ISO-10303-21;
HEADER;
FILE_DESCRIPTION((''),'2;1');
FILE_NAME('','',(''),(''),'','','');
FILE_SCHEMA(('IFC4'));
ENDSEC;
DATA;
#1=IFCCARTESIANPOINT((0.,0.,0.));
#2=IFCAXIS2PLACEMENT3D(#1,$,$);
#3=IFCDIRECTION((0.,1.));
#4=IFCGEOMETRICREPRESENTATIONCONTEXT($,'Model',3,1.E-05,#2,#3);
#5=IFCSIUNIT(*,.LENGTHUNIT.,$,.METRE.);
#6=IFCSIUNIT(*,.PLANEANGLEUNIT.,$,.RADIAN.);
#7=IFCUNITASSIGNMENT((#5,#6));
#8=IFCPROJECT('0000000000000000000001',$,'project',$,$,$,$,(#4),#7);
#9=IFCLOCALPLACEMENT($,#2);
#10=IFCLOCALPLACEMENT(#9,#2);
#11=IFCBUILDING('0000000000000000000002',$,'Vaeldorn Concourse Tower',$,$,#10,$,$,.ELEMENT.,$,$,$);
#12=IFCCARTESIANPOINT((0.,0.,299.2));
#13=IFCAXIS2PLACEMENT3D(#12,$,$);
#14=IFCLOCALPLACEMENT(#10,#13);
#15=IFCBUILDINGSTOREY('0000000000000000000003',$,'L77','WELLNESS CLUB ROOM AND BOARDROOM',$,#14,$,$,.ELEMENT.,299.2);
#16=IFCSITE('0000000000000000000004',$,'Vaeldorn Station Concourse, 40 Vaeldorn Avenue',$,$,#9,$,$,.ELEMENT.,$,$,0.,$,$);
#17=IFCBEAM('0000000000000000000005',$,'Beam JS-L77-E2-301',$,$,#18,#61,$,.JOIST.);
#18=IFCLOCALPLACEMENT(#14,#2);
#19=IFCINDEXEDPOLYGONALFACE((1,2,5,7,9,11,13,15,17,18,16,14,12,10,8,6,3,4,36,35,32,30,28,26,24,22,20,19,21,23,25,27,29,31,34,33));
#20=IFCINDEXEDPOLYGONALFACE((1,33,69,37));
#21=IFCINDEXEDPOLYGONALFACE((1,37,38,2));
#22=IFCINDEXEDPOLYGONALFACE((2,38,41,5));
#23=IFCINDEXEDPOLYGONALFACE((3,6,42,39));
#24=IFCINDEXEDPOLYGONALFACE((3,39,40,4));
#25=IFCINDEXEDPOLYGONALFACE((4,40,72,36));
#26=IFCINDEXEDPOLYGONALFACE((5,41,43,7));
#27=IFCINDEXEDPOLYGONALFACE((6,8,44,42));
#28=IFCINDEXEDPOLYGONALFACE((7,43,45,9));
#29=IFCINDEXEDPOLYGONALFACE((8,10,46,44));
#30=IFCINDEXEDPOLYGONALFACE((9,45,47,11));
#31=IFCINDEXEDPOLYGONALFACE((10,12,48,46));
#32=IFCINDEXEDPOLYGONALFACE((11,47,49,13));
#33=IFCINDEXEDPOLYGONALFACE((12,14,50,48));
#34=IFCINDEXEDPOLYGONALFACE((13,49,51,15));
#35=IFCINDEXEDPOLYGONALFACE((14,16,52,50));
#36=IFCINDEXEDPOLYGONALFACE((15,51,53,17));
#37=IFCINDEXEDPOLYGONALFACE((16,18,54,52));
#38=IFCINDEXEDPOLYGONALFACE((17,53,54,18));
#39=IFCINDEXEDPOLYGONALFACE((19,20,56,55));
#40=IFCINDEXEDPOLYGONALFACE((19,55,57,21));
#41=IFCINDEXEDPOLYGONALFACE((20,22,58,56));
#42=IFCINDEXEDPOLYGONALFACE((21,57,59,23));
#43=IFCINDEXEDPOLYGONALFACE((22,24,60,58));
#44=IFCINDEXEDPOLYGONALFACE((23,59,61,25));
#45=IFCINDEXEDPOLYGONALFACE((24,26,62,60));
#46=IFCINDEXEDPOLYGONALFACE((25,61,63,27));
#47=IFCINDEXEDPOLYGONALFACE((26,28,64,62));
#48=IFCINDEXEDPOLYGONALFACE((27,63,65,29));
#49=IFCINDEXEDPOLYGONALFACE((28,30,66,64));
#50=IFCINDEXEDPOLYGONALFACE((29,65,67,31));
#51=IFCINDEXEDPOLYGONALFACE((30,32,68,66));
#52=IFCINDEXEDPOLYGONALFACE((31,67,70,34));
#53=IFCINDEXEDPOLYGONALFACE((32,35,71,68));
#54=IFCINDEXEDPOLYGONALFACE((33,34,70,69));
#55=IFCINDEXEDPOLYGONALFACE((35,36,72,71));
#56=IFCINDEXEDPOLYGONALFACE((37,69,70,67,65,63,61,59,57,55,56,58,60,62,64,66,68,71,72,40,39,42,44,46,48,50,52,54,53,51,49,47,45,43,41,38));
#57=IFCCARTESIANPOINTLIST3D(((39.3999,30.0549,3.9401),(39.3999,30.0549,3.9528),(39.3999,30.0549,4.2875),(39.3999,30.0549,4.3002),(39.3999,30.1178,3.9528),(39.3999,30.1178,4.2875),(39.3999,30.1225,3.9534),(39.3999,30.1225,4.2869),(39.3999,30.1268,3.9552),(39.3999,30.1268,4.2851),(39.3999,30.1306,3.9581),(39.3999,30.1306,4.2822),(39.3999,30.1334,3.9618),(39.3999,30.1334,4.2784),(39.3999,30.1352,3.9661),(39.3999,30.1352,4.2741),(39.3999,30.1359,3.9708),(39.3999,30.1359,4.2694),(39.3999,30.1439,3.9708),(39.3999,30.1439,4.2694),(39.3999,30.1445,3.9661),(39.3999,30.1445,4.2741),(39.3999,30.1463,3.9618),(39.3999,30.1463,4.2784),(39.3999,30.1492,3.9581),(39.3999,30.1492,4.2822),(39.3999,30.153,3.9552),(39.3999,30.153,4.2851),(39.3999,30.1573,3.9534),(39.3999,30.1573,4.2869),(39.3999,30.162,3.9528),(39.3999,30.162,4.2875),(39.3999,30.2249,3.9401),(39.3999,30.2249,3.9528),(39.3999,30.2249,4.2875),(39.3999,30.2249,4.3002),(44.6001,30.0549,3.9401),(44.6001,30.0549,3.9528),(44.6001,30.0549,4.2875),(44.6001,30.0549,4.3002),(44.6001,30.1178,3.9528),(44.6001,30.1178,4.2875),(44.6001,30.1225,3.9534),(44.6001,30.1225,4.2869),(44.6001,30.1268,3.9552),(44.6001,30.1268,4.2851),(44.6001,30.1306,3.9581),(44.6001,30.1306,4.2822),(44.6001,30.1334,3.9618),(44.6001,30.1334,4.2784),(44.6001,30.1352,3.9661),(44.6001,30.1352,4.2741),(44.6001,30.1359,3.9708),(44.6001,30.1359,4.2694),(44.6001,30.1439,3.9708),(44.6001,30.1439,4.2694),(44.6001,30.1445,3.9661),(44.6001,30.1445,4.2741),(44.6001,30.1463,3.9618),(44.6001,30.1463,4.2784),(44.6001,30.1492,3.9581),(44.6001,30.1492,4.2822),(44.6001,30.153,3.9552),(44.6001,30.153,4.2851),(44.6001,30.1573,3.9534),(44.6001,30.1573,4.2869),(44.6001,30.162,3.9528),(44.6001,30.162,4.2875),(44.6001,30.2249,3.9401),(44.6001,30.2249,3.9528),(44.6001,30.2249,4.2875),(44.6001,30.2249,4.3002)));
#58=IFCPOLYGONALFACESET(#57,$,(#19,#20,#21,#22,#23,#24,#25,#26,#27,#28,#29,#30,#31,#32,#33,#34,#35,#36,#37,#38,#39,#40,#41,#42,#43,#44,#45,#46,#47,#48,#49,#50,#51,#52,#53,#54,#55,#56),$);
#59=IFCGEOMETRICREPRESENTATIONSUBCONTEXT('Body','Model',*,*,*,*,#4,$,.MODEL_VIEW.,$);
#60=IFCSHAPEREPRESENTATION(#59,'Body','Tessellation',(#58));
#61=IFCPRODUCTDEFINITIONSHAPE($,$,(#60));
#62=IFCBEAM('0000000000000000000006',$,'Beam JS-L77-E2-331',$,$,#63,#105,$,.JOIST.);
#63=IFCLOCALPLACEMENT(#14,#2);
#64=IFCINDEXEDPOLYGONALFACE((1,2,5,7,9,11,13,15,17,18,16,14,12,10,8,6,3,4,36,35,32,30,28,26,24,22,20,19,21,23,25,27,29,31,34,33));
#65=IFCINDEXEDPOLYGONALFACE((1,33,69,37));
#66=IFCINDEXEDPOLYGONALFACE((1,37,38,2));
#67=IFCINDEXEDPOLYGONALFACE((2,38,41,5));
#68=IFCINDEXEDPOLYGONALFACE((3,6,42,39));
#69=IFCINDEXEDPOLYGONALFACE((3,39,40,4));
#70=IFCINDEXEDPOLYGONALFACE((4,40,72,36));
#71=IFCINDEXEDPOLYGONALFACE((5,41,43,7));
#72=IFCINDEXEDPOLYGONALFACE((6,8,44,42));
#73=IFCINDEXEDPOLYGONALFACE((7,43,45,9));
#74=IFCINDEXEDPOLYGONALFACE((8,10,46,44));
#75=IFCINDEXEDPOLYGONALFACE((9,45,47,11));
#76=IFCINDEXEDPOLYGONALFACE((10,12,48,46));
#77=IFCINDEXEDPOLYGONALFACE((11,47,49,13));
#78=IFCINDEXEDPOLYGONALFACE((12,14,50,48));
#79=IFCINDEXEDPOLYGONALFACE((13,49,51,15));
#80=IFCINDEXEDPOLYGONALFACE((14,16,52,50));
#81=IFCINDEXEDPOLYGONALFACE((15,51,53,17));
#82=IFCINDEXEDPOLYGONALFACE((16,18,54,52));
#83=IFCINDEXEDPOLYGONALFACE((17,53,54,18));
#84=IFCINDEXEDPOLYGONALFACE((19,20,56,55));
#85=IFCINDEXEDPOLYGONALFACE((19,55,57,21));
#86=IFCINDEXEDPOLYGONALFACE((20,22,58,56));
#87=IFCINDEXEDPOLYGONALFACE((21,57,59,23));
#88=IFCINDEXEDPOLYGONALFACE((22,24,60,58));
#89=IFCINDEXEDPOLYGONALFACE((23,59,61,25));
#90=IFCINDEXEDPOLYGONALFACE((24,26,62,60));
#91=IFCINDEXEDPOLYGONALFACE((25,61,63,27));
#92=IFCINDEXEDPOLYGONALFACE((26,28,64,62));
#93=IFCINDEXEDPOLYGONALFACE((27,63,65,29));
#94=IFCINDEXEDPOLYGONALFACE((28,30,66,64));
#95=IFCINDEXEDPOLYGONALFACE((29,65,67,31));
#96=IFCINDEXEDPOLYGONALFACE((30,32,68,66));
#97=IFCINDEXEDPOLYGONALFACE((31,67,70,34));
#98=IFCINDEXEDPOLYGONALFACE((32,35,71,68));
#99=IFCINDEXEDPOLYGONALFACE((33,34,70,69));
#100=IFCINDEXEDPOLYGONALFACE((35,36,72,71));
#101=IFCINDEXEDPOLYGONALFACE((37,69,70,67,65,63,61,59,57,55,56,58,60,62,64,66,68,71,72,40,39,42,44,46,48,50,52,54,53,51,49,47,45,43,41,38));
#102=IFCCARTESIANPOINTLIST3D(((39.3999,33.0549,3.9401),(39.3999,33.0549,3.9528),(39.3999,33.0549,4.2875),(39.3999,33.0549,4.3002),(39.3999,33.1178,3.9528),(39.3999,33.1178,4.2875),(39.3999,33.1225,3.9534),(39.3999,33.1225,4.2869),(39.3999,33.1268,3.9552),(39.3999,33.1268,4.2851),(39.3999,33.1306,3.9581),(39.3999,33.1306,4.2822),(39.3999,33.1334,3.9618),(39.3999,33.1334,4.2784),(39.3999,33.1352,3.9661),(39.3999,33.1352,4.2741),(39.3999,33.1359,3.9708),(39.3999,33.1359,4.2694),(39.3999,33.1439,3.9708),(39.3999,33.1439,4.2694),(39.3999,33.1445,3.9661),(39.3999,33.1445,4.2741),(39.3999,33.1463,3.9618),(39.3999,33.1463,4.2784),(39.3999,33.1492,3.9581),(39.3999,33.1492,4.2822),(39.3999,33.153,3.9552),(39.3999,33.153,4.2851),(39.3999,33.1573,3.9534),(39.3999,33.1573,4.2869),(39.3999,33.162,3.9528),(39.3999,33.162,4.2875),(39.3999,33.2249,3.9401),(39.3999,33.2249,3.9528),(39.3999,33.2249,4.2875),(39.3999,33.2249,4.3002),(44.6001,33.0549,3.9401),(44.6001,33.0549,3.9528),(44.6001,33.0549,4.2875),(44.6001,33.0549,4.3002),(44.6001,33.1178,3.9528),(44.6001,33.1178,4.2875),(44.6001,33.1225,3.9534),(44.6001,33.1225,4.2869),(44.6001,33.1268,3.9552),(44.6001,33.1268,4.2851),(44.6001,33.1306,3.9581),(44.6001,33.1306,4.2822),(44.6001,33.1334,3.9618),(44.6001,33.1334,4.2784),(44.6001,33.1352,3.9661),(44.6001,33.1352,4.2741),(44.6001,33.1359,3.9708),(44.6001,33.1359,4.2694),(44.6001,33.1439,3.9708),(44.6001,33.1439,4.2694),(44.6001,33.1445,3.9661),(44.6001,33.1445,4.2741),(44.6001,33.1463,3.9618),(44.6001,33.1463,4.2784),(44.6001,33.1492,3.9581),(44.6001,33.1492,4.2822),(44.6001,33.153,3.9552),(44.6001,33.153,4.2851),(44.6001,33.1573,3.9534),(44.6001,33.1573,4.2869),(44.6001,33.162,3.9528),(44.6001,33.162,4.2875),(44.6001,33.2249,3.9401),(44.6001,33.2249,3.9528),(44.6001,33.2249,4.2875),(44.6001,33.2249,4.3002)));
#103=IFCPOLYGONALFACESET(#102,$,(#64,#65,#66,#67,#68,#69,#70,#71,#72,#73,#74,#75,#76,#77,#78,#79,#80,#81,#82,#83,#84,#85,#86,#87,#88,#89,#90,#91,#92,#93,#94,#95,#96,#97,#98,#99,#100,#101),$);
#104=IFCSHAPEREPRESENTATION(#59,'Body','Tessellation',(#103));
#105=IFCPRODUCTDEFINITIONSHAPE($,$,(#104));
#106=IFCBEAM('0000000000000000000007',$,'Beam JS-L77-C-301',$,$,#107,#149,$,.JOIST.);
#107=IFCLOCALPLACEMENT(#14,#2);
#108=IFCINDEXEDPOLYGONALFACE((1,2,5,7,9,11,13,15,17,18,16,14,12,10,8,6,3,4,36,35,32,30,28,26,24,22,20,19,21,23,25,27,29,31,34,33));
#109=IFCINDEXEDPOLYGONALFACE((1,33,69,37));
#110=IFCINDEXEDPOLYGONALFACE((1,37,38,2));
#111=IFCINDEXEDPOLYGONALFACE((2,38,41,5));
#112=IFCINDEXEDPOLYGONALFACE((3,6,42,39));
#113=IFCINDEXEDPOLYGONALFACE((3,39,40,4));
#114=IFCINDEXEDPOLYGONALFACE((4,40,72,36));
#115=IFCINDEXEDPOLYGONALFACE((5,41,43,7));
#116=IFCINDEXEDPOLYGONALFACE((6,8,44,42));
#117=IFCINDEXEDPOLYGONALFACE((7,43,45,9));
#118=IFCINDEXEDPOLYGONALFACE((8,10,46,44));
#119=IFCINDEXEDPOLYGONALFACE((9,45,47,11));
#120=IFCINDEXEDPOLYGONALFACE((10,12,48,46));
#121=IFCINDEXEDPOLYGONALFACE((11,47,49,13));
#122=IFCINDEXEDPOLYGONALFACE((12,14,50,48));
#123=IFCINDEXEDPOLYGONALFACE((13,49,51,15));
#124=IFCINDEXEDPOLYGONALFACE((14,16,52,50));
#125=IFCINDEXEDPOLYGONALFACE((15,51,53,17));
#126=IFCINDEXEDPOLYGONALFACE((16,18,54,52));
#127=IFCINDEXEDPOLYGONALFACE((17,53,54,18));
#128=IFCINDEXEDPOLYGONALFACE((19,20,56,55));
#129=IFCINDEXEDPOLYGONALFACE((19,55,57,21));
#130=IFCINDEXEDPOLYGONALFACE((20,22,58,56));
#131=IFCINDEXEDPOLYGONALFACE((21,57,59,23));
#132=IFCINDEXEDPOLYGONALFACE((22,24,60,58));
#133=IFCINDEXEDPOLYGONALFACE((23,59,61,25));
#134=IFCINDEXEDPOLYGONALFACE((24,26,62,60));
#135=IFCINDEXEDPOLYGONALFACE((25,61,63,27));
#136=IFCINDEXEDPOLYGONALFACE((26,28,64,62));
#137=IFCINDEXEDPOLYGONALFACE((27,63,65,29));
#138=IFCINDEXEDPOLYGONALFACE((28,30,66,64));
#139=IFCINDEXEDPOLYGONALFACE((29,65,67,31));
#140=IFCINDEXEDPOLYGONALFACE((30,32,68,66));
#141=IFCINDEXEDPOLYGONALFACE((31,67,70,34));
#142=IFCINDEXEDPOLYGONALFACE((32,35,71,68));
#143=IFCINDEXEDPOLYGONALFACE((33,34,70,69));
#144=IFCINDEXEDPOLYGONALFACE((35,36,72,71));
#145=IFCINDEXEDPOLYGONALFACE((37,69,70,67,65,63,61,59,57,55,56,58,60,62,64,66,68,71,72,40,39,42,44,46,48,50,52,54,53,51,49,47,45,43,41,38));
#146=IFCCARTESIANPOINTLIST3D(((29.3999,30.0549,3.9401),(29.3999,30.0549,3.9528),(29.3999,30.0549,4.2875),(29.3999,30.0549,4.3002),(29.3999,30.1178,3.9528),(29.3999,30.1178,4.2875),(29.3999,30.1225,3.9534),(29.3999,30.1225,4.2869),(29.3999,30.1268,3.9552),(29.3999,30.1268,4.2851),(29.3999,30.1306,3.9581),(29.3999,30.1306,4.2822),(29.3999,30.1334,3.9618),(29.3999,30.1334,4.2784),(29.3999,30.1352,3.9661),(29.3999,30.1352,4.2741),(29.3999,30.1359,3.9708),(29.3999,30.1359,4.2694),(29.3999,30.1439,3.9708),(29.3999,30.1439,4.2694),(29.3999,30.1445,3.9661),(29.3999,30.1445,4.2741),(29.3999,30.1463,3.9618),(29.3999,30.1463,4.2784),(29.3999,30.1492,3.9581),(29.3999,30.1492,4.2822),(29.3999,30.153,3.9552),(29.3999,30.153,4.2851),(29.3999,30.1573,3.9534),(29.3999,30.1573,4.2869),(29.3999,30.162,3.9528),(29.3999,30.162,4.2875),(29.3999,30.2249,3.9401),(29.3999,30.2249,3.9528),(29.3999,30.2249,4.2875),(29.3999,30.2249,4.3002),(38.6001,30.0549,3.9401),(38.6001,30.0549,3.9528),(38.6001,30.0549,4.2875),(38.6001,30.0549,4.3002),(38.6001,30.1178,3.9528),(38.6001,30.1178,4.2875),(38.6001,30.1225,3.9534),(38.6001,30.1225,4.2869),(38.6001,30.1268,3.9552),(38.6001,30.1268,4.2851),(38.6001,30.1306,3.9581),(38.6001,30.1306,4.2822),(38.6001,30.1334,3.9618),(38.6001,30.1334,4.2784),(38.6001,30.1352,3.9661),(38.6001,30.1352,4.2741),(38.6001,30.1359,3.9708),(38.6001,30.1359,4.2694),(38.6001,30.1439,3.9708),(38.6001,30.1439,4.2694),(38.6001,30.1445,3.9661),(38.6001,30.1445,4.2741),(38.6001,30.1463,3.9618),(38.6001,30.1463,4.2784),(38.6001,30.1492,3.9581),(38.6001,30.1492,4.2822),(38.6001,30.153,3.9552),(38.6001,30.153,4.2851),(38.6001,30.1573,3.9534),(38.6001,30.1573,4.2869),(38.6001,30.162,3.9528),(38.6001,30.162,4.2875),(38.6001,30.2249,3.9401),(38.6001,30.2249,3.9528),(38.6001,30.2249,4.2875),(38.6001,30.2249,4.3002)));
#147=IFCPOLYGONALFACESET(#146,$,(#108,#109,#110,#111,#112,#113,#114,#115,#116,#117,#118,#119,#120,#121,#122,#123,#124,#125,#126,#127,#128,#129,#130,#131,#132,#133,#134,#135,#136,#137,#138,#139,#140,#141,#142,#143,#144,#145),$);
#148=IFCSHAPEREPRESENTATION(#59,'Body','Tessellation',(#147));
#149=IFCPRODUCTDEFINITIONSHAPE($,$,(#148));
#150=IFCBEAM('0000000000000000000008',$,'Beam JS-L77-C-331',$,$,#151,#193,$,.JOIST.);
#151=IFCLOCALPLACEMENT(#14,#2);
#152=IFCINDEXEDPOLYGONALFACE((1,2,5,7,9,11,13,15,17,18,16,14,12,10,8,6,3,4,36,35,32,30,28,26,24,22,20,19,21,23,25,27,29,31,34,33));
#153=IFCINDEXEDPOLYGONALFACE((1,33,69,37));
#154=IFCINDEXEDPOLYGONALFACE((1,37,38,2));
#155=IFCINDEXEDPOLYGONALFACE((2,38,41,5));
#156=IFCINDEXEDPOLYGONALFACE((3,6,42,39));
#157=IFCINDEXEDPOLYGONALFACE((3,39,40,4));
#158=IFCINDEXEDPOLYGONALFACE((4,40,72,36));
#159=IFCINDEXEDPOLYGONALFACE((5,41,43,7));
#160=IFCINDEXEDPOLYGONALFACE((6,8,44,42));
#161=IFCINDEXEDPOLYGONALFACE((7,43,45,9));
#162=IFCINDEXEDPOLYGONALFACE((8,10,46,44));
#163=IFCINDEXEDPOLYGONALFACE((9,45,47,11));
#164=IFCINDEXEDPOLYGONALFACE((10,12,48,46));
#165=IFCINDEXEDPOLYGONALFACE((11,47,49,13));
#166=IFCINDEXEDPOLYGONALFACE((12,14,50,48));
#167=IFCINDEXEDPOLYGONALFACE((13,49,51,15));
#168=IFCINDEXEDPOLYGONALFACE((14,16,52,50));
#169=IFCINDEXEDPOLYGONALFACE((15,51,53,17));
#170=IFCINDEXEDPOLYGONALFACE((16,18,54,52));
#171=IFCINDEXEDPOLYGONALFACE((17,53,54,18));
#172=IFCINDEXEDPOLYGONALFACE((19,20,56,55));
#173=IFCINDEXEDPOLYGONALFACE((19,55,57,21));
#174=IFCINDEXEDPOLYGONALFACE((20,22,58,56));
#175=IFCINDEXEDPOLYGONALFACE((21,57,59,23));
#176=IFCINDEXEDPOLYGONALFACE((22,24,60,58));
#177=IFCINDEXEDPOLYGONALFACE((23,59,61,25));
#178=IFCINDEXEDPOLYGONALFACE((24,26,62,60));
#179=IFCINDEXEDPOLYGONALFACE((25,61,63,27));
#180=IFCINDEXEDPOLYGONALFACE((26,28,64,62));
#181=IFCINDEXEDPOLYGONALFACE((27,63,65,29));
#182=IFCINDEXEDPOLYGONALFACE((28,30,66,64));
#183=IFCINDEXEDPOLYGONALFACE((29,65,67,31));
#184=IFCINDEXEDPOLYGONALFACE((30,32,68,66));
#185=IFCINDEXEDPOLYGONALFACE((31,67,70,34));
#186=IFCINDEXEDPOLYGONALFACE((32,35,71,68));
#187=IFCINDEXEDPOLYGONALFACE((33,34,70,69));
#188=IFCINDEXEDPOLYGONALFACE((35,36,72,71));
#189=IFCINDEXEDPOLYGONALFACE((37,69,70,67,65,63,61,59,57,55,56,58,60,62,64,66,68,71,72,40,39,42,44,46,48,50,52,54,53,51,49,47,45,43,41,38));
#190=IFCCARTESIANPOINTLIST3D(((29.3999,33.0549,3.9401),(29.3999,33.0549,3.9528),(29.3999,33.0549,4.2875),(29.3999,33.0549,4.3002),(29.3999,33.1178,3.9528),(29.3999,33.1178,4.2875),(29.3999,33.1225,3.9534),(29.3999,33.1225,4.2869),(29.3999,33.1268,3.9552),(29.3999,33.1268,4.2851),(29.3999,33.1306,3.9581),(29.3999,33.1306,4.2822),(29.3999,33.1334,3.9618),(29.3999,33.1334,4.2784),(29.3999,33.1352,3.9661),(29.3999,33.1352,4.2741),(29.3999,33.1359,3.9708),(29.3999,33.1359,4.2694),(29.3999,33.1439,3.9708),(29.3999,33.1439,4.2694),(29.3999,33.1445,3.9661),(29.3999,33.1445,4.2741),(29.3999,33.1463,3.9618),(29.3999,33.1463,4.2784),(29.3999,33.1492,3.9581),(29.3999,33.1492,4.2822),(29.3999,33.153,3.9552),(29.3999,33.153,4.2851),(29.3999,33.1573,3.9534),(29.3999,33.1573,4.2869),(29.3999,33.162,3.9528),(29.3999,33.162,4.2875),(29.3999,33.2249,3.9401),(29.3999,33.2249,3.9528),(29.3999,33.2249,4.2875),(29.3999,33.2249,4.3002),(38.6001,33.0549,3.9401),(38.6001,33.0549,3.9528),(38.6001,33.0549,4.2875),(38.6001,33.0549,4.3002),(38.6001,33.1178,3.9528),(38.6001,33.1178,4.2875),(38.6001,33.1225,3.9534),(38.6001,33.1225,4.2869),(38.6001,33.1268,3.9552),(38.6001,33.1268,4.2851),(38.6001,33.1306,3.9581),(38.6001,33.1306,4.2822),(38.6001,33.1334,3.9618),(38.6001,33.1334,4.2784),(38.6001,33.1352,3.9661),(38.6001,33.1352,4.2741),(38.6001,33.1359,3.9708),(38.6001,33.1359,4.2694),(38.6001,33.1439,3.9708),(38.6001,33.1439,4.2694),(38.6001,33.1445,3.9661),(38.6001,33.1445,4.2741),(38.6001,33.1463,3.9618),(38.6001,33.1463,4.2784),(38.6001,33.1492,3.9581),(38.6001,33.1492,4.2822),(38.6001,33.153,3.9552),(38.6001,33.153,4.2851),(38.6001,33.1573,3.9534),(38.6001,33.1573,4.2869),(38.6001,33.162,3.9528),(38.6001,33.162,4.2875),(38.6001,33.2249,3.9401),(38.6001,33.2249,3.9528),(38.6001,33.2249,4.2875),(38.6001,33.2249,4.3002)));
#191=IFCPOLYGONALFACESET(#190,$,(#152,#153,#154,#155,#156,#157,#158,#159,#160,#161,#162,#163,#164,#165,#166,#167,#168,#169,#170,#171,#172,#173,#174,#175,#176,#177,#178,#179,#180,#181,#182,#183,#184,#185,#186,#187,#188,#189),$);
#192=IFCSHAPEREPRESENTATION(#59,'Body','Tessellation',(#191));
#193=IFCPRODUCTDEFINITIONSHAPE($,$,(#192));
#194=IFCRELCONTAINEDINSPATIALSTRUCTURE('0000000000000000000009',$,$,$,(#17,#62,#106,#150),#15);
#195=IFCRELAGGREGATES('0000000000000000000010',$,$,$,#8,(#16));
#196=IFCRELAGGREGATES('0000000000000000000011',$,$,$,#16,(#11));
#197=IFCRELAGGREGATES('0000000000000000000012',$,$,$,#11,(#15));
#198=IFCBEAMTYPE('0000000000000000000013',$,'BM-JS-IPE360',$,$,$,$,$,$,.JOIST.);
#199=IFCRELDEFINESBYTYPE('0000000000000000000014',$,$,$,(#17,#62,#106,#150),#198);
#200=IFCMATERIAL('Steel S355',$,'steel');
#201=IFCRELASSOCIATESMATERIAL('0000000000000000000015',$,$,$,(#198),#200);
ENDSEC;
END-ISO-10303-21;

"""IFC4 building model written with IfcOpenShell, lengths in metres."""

from ifc_helpers import new_model, si_unit, direction, frame, origin, origin_2d, place, context, subcontext, project, spatial, i_section, extrude, source, transform, mapped, material, material_profile, profile_set, type_object, element, save


model = new_model("IFC4")

# Units and contexts
model_context = context("Model", 3, precision=1e-05, world=origin(), true_north=direction((0.0, 1.0)))
body_context = subcontext(model_context, "Body", "Model", "MODEL_VIEW")
ifc_project = project(units=[si_unit("LENGTHUNIT", "METRE"), si_unit("PLANEANGLEUNIT", "RADIAN")], contexts=[model_context])

# Site, building, storey
site_placement = place(None, origin())
site = spatial("IfcSite", under=ifc_project, at=site_placement, Name="Vaeldorn Station Concourse, 40 Vaeldorn Avenue", CompositionType="ELEMENT", RefElevation=0.0)
building_placement = place(site_placement, origin())
building = spatial("IfcBuilding", under=site, at=building_placement, Name="Vaeldorn Concourse Tower", CompositionType="ELEMENT")
storey_placement = place(building_placement, frame((0.0, 0.0, 299.2)))
storey = spatial("IfcBuildingStorey", under=building, at=storey_placement, Name="L77", Description="WELLNESS CLUB ROOM AND BOARDROOM", CompositionType="ELEMENT", Elevation=299.2)

# Shared definitions
ifc_material_1 = material(Name="Steel S355", Category="steel")

# Beams
ifc_material_profile_1 = material_profile(ifc_material_1, i_section(OverallWidth=0.1699, OverallDepth=0.3601, WebThickness=0.0081, FlangeThickness=0.0127, FilletRadius=0.0181, at=origin_2d()), Name="IPE 360")
ifc_profile_set_1 = profile_set([ifc_material_profile_1], Name="Steel S355")
beam_type_1 = type_object("IfcBeamType", Name="BM-JS-IPE360", PredefinedType="JOIST", material=ifc_profile_set_1)
shared_shape_1 = source(origin(), body_context, "Body", "SweptSolid", [
    extrude(i_section(OverallWidth=0.1699, OverallDepth=0.3601, WebThickness=0.0081, FlangeThickness=0.0127, FilletRadius=0.0181, at=origin_2d()), origin(), (0.0, 0.0, 1.0), 5.2002),
])
for number, where, z_axis, x_axis, name in (
    (1, (39.3999, 30.1399, 4.1201), (1.0, 0.0, 0.0), (0.0, 1.0, 0.0), "Beam JS-L77-E2-301"),
    (2, (39.3999, 33.1399, 4.1201), (1.0, 0.0, 0.0), (0.0, 1.0, 0.0), "Beam JS-L77-E2-331"),
):
    element("IfcBeam", number, at=place(storey_placement, frame(where, z_axis=z_axis, x_axis=x_axis)), inside=storey, type_object=beam_type_1, Name=name, PredefinedType="JOIST", context=body_context, shape_type="MappedRepresentation", body=[
        mapped(shared_shape_1, transform((0.0, 0.0, 0.0), scale=1.0)),
    ])
shared_shape_2 = source(origin(), body_context, "Body", "SweptSolid", [
    extrude(i_section(OverallWidth=0.1699, OverallDepth=0.3601, WebThickness=0.0081, FlangeThickness=0.0127, FilletRadius=0.0181, at=origin_2d()), origin(), (0.0, 0.0, 1.0), 9.2002),
])
for number, where, z_axis, x_axis, name in (
    (3, (29.3999, 30.1399, 4.1201), (1.0, 0.0, 0.0), (0.0, 1.0, 0.0), "Beam JS-L77-C-301"),
    (4, (29.3999, 33.1399, 4.1201), (1.0, 0.0, 0.0), (0.0, 1.0, 0.0), "Beam JS-L77-C-331"),
):
    element("IfcBeam", number, at=place(storey_placement, frame(where, z_axis=z_axis, x_axis=x_axis)), inside=storey, type_object=beam_type_1, Name=name, PredefinedType="JOIST", context=body_context, shape_type="MappedRepresentation", body=[
        mapped(shared_shape_2, transform((0.0, 0.0, 0.0), scale=1.0)),
    ])

save(model, "model.ifc")
